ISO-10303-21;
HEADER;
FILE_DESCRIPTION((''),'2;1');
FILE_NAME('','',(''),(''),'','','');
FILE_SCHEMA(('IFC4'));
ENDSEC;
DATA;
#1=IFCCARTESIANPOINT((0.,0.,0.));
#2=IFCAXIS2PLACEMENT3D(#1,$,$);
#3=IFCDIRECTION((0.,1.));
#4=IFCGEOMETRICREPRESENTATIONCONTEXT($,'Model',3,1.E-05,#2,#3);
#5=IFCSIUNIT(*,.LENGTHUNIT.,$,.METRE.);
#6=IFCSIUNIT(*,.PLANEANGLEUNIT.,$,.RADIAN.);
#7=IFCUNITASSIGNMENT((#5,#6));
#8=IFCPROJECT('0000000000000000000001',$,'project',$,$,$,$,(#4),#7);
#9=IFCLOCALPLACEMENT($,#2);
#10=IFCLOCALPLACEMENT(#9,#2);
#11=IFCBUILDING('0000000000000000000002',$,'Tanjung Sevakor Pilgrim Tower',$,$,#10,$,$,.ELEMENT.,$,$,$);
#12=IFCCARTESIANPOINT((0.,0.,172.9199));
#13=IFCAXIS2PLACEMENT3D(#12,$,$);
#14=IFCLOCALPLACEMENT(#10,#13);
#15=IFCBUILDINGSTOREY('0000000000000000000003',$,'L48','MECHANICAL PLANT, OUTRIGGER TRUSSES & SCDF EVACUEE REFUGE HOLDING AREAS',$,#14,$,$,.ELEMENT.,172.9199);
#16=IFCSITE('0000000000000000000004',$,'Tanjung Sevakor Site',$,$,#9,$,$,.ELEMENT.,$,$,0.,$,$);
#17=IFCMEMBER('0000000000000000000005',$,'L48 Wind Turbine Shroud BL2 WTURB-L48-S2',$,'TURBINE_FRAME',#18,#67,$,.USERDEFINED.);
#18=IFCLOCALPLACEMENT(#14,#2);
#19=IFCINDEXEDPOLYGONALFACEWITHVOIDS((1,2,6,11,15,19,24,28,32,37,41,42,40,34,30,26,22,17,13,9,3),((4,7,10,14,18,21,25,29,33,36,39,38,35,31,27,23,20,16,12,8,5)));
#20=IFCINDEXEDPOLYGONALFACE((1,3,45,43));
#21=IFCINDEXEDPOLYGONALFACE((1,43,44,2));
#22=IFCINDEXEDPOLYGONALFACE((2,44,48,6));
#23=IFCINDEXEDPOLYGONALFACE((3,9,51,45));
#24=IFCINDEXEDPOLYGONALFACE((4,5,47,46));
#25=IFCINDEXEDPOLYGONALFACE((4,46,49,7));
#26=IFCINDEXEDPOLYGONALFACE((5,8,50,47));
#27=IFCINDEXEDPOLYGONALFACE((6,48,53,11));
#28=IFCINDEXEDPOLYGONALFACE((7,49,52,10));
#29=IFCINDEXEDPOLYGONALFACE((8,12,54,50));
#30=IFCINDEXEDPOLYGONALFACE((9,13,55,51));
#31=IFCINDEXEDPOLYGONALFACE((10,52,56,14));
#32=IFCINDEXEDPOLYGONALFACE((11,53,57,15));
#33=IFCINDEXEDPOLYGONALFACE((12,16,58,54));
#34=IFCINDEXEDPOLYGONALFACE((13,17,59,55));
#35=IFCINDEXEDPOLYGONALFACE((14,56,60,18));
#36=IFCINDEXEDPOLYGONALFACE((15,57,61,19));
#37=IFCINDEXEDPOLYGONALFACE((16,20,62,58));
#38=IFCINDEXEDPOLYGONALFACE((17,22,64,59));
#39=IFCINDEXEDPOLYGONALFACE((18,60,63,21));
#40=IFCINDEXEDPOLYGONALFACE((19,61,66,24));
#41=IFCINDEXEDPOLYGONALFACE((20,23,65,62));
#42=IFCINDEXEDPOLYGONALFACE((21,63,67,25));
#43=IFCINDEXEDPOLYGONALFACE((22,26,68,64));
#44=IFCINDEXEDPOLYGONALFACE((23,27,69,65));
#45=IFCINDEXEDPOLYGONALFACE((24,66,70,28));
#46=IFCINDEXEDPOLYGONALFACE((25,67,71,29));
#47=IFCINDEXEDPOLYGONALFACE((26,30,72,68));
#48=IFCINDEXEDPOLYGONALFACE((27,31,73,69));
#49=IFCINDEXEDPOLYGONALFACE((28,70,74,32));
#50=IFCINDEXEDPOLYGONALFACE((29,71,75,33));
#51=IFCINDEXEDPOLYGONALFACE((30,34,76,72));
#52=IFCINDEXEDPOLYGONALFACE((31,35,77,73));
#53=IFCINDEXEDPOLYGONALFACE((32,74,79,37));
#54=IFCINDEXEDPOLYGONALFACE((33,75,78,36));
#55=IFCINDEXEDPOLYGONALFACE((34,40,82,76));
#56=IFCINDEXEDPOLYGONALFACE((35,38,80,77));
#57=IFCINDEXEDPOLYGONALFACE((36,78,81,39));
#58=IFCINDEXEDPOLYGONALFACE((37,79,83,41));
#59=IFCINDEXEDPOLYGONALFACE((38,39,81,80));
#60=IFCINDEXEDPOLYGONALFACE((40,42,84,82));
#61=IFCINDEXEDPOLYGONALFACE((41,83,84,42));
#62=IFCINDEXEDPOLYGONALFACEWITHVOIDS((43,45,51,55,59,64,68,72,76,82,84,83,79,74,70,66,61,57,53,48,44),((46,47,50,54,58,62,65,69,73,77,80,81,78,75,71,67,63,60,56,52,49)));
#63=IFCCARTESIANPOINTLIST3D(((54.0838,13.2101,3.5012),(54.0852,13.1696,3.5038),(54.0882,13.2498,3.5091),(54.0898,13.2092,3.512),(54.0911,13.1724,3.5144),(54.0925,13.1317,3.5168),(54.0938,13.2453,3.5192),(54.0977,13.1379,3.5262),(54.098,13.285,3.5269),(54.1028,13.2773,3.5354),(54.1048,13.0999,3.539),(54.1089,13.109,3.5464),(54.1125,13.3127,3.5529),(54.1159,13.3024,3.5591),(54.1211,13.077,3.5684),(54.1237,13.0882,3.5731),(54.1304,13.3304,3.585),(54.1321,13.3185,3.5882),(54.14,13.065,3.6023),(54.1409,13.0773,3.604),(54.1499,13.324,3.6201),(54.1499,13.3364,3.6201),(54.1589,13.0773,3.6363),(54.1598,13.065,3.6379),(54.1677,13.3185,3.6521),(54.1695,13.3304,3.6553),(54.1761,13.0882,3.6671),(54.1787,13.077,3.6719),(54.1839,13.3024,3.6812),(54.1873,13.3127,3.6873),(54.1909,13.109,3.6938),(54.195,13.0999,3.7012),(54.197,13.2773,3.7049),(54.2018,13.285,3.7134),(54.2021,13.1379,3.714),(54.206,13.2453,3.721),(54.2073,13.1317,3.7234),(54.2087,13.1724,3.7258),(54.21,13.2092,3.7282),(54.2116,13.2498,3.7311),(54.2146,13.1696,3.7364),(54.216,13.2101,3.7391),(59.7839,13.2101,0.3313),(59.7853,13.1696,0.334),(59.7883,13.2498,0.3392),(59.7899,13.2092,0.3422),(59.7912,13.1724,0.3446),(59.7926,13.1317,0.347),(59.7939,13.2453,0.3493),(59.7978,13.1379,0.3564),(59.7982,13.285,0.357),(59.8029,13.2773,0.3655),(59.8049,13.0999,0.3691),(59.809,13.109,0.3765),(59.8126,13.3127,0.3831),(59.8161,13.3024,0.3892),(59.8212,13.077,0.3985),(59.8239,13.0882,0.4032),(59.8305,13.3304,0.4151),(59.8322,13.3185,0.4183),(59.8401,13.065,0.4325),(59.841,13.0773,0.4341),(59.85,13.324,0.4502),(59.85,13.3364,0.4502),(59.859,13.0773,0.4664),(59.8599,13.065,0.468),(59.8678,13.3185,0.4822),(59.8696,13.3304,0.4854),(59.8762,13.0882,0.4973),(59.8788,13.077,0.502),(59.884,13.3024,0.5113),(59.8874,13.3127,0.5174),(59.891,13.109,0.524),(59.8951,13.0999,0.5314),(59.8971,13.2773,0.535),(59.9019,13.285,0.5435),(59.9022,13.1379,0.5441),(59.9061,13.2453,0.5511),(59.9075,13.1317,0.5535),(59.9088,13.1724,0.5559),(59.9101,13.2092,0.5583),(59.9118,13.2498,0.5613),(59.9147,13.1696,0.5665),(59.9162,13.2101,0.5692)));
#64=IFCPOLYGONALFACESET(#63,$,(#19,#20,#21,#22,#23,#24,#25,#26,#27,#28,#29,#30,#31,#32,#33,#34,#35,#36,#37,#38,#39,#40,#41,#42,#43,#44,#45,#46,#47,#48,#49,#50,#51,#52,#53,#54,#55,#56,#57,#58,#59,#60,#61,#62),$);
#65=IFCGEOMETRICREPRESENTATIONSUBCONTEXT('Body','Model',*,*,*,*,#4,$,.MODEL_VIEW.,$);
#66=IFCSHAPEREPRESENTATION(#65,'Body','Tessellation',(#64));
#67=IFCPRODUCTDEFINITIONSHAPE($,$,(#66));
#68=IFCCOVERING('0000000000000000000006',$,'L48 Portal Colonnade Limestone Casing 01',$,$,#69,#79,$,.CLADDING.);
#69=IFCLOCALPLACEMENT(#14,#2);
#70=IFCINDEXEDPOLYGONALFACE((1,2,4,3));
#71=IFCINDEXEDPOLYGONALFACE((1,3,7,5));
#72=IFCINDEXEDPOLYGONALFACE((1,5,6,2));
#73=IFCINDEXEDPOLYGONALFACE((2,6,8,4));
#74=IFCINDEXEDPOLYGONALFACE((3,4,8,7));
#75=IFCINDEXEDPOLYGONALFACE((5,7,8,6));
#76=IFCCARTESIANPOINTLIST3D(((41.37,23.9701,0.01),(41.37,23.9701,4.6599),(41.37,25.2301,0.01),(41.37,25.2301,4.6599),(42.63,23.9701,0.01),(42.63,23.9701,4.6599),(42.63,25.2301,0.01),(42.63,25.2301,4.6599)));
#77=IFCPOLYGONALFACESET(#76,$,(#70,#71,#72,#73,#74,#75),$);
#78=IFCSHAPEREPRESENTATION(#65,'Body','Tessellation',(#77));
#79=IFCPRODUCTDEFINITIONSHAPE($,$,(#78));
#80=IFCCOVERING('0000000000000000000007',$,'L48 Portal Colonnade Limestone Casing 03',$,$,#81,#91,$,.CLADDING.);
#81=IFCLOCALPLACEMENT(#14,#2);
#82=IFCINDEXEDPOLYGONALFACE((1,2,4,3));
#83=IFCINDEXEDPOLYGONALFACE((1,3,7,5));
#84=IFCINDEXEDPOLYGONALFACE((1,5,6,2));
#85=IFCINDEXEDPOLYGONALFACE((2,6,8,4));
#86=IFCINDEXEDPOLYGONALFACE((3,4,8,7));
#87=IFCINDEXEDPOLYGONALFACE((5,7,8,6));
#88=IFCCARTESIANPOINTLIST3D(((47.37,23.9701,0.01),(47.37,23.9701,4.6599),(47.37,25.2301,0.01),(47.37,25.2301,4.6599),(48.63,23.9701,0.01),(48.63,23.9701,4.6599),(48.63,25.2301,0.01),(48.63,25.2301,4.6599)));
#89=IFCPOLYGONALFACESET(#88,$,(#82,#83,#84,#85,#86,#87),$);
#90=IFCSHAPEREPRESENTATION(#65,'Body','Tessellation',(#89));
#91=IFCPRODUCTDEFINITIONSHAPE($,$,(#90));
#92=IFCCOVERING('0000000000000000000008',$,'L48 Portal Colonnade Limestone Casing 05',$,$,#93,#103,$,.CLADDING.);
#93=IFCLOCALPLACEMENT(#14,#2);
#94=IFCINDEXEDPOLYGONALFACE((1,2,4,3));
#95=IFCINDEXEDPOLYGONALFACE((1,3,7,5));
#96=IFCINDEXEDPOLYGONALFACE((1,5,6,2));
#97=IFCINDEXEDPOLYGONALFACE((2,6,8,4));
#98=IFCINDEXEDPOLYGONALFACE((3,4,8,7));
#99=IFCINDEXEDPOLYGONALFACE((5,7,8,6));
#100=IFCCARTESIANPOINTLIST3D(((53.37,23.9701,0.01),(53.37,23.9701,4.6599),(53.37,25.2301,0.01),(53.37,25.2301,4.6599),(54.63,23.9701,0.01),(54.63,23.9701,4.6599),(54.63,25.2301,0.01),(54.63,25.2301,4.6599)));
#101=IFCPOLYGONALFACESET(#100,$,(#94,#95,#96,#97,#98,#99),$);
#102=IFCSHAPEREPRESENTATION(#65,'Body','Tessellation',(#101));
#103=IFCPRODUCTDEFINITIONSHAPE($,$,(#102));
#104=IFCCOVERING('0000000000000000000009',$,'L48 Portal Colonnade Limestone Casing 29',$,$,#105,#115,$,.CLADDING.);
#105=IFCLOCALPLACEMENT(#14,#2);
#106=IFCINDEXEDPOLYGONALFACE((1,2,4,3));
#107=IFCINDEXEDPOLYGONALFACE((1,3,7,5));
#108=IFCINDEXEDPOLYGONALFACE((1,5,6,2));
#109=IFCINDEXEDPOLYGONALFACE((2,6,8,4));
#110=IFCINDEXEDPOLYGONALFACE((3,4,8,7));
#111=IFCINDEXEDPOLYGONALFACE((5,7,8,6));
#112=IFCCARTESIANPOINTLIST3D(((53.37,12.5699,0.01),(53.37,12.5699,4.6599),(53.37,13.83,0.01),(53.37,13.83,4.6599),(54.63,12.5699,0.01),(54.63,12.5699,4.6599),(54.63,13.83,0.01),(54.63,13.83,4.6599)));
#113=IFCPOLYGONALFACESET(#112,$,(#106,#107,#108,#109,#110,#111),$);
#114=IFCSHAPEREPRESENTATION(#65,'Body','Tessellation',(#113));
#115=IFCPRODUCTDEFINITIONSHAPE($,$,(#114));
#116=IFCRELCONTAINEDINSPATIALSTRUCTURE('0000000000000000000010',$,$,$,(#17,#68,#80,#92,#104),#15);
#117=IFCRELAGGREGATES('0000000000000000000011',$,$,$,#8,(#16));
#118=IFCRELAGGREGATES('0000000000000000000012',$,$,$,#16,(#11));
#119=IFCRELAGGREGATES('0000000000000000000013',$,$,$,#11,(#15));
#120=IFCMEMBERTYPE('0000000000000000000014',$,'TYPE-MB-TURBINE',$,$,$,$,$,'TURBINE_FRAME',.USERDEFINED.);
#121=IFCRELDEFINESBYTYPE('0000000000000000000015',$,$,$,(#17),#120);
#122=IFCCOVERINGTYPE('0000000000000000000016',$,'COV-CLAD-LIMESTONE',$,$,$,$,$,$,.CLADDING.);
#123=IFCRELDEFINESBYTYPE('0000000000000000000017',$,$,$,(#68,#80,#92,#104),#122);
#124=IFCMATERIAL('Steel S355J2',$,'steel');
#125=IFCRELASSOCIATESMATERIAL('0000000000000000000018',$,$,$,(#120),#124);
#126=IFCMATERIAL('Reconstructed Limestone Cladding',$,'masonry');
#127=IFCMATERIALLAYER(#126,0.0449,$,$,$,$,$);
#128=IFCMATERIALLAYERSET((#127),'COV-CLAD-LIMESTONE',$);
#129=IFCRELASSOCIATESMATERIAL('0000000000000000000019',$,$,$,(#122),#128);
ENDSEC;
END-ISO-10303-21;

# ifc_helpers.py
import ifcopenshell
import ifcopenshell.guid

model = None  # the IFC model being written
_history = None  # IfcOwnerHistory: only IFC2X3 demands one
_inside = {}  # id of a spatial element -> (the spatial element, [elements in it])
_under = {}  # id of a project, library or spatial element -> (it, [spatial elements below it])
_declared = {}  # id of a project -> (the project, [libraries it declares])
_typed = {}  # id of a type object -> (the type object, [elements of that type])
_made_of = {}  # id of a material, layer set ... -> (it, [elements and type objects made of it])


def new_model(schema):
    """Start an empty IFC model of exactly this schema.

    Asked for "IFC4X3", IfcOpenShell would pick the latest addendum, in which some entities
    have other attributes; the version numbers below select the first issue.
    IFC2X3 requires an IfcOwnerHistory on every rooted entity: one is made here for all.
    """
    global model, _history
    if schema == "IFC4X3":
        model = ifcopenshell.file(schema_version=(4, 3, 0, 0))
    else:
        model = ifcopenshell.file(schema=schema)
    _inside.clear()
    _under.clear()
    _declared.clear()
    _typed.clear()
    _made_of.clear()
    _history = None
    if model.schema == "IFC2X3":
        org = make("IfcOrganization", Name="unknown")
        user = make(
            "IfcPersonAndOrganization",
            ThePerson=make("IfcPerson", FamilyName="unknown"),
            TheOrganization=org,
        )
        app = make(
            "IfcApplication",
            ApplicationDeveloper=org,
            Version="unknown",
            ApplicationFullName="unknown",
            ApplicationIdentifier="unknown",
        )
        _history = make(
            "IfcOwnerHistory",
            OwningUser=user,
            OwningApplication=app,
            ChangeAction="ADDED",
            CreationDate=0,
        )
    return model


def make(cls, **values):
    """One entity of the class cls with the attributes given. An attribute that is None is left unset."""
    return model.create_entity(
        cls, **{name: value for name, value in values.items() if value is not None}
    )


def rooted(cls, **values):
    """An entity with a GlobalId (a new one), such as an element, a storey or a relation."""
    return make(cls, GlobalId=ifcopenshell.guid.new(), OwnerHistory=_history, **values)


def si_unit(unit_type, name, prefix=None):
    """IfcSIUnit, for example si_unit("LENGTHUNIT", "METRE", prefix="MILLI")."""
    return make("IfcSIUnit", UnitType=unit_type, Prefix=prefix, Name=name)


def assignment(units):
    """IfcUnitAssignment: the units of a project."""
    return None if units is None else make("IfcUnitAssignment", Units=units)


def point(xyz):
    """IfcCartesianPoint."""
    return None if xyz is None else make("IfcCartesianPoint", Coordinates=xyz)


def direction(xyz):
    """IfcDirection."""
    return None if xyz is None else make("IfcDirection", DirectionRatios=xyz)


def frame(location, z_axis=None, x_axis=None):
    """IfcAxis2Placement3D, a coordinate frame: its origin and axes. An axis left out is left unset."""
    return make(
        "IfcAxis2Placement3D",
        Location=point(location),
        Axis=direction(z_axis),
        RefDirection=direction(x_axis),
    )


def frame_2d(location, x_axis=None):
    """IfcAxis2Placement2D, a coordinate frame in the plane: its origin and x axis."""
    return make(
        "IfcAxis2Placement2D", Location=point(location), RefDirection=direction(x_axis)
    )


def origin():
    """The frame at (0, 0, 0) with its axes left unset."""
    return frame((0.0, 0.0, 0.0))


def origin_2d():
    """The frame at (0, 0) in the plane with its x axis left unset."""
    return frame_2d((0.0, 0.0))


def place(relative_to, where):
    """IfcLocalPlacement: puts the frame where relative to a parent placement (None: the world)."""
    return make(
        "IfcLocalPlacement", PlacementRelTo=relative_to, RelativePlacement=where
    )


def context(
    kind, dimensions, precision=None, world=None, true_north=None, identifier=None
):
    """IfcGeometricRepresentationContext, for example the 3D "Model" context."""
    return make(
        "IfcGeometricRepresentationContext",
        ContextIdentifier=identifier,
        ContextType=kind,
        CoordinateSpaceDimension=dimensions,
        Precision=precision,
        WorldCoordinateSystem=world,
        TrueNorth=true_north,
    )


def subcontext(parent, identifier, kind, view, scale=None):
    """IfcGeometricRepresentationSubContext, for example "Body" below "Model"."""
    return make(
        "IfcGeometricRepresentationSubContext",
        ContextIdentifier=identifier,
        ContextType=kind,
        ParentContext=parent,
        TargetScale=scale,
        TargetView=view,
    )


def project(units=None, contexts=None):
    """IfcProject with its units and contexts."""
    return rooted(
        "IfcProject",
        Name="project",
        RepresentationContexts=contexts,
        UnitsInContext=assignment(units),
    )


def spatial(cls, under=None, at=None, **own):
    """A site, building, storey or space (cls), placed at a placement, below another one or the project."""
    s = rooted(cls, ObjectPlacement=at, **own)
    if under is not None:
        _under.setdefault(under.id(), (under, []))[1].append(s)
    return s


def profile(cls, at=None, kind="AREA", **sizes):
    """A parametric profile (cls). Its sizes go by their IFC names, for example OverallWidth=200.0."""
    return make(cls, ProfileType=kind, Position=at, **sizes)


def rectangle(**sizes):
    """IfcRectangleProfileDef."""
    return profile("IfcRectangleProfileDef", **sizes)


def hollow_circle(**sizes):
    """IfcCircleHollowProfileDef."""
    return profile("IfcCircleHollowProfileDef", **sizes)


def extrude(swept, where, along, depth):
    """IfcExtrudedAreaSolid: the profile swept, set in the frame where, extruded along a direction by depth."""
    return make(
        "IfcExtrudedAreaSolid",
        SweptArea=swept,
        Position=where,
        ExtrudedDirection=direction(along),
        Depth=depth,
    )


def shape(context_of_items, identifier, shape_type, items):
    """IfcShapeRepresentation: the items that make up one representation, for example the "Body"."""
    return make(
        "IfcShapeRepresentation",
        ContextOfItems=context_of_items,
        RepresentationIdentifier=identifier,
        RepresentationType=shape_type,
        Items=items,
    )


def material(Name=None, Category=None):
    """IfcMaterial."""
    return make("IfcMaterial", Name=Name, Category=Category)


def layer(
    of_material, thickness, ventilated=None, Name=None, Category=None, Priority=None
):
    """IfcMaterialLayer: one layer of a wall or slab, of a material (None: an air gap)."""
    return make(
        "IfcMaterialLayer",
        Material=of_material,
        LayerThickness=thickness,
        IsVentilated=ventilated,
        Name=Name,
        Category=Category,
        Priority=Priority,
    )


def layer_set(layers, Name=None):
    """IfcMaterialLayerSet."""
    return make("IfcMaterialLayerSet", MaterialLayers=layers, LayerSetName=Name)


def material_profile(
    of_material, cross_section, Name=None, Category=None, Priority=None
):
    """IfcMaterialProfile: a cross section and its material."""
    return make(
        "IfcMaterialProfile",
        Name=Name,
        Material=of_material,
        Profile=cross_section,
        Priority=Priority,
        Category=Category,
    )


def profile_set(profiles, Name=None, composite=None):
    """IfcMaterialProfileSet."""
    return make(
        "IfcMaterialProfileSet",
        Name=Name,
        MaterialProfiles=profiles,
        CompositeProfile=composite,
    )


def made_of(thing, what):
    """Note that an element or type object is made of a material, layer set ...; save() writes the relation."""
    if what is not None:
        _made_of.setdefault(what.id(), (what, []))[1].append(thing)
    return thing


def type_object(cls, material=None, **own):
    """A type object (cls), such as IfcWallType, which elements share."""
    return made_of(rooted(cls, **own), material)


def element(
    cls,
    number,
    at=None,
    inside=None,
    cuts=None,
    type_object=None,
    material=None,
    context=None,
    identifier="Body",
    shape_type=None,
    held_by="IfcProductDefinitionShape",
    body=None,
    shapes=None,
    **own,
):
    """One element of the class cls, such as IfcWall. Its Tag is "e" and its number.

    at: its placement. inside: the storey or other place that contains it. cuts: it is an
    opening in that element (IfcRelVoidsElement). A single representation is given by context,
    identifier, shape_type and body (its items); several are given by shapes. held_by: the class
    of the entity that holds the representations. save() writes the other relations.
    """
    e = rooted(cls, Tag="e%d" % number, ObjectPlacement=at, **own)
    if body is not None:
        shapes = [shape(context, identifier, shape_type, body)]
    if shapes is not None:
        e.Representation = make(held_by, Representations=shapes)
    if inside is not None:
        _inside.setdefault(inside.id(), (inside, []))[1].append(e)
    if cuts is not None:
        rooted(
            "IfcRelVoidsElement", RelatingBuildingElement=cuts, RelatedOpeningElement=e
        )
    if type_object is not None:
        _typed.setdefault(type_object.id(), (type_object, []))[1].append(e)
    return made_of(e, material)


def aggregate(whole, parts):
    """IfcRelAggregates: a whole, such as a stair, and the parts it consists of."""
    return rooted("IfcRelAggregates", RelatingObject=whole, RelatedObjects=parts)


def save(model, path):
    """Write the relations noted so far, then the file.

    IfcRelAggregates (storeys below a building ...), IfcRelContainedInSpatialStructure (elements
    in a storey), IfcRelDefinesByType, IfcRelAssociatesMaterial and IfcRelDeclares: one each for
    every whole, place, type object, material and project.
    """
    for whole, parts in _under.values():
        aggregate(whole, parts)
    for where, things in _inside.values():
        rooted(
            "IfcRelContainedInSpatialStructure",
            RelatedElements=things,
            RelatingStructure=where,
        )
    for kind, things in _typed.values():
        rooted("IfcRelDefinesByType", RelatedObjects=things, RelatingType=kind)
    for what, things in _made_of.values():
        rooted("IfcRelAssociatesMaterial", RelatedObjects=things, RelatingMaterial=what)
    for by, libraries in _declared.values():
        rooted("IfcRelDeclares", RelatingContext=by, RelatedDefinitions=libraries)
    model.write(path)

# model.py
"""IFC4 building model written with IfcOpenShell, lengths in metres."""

from ifc_helpers import new_model, si_unit, direction, frame, origin, origin_2d, place, context, subcontext, project, spatial, rectangle, hollow_circle, extrude, material, layer, layer_set, material_profile, profile_set, type_object, element, save


model = new_model("IFC4")

# Units and contexts
model_context = context("Model", 3, precision=1e-05, world=origin(), true_north=direction((0.0, 1.0)))
body_context = subcontext(model_context, "Body", "Model", "MODEL_VIEW")
ifc_project = project(units=[si_unit("LENGTHUNIT", "METRE"), si_unit("PLANEANGLEUNIT", "RADIAN")], contexts=[model_context])

# Site, building, storey
site_placement = place(None, origin())
site = spatial("IfcSite", under=ifc_project, at=site_placement, Name="Tanjung Sevakor Site", CompositionType="ELEMENT", RefElevation=0.0)
building_placement = place(site_placement, origin())
building = spatial("IfcBuilding", under=site, at=building_placement, Name="Tanjung Sevakor Pilgrim Tower", CompositionType="ELEMENT")
storey_placement = place(building_placement, frame((0.0, 0.0, 172.9199)))
storey = spatial("IfcBuildingStorey", under=building, at=storey_placement, Name="L48", Description="MECHANICAL PLANT, OUTRIGGER TRUSSES & SCDF EVACUEE REFUGE HOLDING AREAS", CompositionType="ELEMENT", Elevation=172.9199)

# Member
ifc_material_1 = material(Name="Steel S355J2", Category="steel")
ifc_material_profile_1 = material_profile(ifc_material_1, hollow_circle(Radius=0.1365, WallThickness=0.0125, at=origin_2d()))
ifc_profile_set_1 = profile_set([ifc_material_profile_1], Name="Steel S355J2")
member_type = type_object("IfcMemberType", Name="TYPE-MB-TURBINE", ElementType="TURBINE_FRAME", PredefinedType="USERDEFINED", material=ifc_profile_set_1)
for number, where, z_axis, x_axis, name in (
    (1, (54.1499, 13.2, 3.6201), (0.873952, 0.0, -0.486012), (0.0, 1.0, 0.0), "L48 Wind Turbine Shroud BL2 WTURB-L48-S2"),
):
    element("IfcMember", number, at=place(storey_placement, frame(where, z_axis=z_axis, x_axis=x_axis)), inside=storey, type_object=member_type, Name=name, ObjectType="TURBINE_FRAME", PredefinedType="USERDEFINED", context=body_context, shape_type="SweptSolid", body=[
        extrude(hollow_circle(Radius=0.1365, WallThickness=0.0125, at=origin_2d()), origin(), (0.0, 0.0, 1.0), 6.5222),
    ])

# Coverings
ifc_material_2 = material(Name="Reconstructed Limestone Cladding", Category="masonry")
ifc_layer = layer(ifc_material_2, 0.0449)
ifc_layer_set = layer_set([ifc_layer], Name="COV-CLAD-LIMESTONE")
covering_type = type_object("IfcCoveringType", Name="COV-CLAD-LIMESTONE", PredefinedType="CLADDING", material=ifc_layer_set)
for number, where, z_axis, x_axis, name in (
    (2, (42.0, 24.6001, 0.01), (0.0, 0.0, 1.0), (1.0, 0.0, 0.0), "L48 Portal Colonnade Limestone Casing 01"),
    (3, (48.0, 24.6001, 0.01), (0.0, 0.0, 1.0), (1.0, 0.0, 0.0), "L48 Portal Colonnade Limestone Casing 03"),
    (4, (54.0, 24.6001, 0.01), (0.0, 0.0, 1.0), (1.0, 0.0, 0.0), "L48 Portal Colonnade Limestone Casing 05"),
    (5, (54.0, 13.2, 0.01), (0.0, 0.0, 1.0), (1.0, 0.0, 0.0), "L48 Portal Colonnade Limestone Casing 29"),
):
    element("IfcCovering", number, at=place(storey_placement, frame(where, z_axis=z_axis, x_axis=x_axis)), inside=storey, type_object=covering_type, Name=name, PredefinedType="CLADDING", context=body_context, shape_type="SweptSolid", body=[
        extrude(rectangle(XDim=1.26, YDim=1.26, at=origin_2d()), origin(), (0.0, 0.0, 1.0), 4.6499),
    ])

save(model, "model.ifc")
